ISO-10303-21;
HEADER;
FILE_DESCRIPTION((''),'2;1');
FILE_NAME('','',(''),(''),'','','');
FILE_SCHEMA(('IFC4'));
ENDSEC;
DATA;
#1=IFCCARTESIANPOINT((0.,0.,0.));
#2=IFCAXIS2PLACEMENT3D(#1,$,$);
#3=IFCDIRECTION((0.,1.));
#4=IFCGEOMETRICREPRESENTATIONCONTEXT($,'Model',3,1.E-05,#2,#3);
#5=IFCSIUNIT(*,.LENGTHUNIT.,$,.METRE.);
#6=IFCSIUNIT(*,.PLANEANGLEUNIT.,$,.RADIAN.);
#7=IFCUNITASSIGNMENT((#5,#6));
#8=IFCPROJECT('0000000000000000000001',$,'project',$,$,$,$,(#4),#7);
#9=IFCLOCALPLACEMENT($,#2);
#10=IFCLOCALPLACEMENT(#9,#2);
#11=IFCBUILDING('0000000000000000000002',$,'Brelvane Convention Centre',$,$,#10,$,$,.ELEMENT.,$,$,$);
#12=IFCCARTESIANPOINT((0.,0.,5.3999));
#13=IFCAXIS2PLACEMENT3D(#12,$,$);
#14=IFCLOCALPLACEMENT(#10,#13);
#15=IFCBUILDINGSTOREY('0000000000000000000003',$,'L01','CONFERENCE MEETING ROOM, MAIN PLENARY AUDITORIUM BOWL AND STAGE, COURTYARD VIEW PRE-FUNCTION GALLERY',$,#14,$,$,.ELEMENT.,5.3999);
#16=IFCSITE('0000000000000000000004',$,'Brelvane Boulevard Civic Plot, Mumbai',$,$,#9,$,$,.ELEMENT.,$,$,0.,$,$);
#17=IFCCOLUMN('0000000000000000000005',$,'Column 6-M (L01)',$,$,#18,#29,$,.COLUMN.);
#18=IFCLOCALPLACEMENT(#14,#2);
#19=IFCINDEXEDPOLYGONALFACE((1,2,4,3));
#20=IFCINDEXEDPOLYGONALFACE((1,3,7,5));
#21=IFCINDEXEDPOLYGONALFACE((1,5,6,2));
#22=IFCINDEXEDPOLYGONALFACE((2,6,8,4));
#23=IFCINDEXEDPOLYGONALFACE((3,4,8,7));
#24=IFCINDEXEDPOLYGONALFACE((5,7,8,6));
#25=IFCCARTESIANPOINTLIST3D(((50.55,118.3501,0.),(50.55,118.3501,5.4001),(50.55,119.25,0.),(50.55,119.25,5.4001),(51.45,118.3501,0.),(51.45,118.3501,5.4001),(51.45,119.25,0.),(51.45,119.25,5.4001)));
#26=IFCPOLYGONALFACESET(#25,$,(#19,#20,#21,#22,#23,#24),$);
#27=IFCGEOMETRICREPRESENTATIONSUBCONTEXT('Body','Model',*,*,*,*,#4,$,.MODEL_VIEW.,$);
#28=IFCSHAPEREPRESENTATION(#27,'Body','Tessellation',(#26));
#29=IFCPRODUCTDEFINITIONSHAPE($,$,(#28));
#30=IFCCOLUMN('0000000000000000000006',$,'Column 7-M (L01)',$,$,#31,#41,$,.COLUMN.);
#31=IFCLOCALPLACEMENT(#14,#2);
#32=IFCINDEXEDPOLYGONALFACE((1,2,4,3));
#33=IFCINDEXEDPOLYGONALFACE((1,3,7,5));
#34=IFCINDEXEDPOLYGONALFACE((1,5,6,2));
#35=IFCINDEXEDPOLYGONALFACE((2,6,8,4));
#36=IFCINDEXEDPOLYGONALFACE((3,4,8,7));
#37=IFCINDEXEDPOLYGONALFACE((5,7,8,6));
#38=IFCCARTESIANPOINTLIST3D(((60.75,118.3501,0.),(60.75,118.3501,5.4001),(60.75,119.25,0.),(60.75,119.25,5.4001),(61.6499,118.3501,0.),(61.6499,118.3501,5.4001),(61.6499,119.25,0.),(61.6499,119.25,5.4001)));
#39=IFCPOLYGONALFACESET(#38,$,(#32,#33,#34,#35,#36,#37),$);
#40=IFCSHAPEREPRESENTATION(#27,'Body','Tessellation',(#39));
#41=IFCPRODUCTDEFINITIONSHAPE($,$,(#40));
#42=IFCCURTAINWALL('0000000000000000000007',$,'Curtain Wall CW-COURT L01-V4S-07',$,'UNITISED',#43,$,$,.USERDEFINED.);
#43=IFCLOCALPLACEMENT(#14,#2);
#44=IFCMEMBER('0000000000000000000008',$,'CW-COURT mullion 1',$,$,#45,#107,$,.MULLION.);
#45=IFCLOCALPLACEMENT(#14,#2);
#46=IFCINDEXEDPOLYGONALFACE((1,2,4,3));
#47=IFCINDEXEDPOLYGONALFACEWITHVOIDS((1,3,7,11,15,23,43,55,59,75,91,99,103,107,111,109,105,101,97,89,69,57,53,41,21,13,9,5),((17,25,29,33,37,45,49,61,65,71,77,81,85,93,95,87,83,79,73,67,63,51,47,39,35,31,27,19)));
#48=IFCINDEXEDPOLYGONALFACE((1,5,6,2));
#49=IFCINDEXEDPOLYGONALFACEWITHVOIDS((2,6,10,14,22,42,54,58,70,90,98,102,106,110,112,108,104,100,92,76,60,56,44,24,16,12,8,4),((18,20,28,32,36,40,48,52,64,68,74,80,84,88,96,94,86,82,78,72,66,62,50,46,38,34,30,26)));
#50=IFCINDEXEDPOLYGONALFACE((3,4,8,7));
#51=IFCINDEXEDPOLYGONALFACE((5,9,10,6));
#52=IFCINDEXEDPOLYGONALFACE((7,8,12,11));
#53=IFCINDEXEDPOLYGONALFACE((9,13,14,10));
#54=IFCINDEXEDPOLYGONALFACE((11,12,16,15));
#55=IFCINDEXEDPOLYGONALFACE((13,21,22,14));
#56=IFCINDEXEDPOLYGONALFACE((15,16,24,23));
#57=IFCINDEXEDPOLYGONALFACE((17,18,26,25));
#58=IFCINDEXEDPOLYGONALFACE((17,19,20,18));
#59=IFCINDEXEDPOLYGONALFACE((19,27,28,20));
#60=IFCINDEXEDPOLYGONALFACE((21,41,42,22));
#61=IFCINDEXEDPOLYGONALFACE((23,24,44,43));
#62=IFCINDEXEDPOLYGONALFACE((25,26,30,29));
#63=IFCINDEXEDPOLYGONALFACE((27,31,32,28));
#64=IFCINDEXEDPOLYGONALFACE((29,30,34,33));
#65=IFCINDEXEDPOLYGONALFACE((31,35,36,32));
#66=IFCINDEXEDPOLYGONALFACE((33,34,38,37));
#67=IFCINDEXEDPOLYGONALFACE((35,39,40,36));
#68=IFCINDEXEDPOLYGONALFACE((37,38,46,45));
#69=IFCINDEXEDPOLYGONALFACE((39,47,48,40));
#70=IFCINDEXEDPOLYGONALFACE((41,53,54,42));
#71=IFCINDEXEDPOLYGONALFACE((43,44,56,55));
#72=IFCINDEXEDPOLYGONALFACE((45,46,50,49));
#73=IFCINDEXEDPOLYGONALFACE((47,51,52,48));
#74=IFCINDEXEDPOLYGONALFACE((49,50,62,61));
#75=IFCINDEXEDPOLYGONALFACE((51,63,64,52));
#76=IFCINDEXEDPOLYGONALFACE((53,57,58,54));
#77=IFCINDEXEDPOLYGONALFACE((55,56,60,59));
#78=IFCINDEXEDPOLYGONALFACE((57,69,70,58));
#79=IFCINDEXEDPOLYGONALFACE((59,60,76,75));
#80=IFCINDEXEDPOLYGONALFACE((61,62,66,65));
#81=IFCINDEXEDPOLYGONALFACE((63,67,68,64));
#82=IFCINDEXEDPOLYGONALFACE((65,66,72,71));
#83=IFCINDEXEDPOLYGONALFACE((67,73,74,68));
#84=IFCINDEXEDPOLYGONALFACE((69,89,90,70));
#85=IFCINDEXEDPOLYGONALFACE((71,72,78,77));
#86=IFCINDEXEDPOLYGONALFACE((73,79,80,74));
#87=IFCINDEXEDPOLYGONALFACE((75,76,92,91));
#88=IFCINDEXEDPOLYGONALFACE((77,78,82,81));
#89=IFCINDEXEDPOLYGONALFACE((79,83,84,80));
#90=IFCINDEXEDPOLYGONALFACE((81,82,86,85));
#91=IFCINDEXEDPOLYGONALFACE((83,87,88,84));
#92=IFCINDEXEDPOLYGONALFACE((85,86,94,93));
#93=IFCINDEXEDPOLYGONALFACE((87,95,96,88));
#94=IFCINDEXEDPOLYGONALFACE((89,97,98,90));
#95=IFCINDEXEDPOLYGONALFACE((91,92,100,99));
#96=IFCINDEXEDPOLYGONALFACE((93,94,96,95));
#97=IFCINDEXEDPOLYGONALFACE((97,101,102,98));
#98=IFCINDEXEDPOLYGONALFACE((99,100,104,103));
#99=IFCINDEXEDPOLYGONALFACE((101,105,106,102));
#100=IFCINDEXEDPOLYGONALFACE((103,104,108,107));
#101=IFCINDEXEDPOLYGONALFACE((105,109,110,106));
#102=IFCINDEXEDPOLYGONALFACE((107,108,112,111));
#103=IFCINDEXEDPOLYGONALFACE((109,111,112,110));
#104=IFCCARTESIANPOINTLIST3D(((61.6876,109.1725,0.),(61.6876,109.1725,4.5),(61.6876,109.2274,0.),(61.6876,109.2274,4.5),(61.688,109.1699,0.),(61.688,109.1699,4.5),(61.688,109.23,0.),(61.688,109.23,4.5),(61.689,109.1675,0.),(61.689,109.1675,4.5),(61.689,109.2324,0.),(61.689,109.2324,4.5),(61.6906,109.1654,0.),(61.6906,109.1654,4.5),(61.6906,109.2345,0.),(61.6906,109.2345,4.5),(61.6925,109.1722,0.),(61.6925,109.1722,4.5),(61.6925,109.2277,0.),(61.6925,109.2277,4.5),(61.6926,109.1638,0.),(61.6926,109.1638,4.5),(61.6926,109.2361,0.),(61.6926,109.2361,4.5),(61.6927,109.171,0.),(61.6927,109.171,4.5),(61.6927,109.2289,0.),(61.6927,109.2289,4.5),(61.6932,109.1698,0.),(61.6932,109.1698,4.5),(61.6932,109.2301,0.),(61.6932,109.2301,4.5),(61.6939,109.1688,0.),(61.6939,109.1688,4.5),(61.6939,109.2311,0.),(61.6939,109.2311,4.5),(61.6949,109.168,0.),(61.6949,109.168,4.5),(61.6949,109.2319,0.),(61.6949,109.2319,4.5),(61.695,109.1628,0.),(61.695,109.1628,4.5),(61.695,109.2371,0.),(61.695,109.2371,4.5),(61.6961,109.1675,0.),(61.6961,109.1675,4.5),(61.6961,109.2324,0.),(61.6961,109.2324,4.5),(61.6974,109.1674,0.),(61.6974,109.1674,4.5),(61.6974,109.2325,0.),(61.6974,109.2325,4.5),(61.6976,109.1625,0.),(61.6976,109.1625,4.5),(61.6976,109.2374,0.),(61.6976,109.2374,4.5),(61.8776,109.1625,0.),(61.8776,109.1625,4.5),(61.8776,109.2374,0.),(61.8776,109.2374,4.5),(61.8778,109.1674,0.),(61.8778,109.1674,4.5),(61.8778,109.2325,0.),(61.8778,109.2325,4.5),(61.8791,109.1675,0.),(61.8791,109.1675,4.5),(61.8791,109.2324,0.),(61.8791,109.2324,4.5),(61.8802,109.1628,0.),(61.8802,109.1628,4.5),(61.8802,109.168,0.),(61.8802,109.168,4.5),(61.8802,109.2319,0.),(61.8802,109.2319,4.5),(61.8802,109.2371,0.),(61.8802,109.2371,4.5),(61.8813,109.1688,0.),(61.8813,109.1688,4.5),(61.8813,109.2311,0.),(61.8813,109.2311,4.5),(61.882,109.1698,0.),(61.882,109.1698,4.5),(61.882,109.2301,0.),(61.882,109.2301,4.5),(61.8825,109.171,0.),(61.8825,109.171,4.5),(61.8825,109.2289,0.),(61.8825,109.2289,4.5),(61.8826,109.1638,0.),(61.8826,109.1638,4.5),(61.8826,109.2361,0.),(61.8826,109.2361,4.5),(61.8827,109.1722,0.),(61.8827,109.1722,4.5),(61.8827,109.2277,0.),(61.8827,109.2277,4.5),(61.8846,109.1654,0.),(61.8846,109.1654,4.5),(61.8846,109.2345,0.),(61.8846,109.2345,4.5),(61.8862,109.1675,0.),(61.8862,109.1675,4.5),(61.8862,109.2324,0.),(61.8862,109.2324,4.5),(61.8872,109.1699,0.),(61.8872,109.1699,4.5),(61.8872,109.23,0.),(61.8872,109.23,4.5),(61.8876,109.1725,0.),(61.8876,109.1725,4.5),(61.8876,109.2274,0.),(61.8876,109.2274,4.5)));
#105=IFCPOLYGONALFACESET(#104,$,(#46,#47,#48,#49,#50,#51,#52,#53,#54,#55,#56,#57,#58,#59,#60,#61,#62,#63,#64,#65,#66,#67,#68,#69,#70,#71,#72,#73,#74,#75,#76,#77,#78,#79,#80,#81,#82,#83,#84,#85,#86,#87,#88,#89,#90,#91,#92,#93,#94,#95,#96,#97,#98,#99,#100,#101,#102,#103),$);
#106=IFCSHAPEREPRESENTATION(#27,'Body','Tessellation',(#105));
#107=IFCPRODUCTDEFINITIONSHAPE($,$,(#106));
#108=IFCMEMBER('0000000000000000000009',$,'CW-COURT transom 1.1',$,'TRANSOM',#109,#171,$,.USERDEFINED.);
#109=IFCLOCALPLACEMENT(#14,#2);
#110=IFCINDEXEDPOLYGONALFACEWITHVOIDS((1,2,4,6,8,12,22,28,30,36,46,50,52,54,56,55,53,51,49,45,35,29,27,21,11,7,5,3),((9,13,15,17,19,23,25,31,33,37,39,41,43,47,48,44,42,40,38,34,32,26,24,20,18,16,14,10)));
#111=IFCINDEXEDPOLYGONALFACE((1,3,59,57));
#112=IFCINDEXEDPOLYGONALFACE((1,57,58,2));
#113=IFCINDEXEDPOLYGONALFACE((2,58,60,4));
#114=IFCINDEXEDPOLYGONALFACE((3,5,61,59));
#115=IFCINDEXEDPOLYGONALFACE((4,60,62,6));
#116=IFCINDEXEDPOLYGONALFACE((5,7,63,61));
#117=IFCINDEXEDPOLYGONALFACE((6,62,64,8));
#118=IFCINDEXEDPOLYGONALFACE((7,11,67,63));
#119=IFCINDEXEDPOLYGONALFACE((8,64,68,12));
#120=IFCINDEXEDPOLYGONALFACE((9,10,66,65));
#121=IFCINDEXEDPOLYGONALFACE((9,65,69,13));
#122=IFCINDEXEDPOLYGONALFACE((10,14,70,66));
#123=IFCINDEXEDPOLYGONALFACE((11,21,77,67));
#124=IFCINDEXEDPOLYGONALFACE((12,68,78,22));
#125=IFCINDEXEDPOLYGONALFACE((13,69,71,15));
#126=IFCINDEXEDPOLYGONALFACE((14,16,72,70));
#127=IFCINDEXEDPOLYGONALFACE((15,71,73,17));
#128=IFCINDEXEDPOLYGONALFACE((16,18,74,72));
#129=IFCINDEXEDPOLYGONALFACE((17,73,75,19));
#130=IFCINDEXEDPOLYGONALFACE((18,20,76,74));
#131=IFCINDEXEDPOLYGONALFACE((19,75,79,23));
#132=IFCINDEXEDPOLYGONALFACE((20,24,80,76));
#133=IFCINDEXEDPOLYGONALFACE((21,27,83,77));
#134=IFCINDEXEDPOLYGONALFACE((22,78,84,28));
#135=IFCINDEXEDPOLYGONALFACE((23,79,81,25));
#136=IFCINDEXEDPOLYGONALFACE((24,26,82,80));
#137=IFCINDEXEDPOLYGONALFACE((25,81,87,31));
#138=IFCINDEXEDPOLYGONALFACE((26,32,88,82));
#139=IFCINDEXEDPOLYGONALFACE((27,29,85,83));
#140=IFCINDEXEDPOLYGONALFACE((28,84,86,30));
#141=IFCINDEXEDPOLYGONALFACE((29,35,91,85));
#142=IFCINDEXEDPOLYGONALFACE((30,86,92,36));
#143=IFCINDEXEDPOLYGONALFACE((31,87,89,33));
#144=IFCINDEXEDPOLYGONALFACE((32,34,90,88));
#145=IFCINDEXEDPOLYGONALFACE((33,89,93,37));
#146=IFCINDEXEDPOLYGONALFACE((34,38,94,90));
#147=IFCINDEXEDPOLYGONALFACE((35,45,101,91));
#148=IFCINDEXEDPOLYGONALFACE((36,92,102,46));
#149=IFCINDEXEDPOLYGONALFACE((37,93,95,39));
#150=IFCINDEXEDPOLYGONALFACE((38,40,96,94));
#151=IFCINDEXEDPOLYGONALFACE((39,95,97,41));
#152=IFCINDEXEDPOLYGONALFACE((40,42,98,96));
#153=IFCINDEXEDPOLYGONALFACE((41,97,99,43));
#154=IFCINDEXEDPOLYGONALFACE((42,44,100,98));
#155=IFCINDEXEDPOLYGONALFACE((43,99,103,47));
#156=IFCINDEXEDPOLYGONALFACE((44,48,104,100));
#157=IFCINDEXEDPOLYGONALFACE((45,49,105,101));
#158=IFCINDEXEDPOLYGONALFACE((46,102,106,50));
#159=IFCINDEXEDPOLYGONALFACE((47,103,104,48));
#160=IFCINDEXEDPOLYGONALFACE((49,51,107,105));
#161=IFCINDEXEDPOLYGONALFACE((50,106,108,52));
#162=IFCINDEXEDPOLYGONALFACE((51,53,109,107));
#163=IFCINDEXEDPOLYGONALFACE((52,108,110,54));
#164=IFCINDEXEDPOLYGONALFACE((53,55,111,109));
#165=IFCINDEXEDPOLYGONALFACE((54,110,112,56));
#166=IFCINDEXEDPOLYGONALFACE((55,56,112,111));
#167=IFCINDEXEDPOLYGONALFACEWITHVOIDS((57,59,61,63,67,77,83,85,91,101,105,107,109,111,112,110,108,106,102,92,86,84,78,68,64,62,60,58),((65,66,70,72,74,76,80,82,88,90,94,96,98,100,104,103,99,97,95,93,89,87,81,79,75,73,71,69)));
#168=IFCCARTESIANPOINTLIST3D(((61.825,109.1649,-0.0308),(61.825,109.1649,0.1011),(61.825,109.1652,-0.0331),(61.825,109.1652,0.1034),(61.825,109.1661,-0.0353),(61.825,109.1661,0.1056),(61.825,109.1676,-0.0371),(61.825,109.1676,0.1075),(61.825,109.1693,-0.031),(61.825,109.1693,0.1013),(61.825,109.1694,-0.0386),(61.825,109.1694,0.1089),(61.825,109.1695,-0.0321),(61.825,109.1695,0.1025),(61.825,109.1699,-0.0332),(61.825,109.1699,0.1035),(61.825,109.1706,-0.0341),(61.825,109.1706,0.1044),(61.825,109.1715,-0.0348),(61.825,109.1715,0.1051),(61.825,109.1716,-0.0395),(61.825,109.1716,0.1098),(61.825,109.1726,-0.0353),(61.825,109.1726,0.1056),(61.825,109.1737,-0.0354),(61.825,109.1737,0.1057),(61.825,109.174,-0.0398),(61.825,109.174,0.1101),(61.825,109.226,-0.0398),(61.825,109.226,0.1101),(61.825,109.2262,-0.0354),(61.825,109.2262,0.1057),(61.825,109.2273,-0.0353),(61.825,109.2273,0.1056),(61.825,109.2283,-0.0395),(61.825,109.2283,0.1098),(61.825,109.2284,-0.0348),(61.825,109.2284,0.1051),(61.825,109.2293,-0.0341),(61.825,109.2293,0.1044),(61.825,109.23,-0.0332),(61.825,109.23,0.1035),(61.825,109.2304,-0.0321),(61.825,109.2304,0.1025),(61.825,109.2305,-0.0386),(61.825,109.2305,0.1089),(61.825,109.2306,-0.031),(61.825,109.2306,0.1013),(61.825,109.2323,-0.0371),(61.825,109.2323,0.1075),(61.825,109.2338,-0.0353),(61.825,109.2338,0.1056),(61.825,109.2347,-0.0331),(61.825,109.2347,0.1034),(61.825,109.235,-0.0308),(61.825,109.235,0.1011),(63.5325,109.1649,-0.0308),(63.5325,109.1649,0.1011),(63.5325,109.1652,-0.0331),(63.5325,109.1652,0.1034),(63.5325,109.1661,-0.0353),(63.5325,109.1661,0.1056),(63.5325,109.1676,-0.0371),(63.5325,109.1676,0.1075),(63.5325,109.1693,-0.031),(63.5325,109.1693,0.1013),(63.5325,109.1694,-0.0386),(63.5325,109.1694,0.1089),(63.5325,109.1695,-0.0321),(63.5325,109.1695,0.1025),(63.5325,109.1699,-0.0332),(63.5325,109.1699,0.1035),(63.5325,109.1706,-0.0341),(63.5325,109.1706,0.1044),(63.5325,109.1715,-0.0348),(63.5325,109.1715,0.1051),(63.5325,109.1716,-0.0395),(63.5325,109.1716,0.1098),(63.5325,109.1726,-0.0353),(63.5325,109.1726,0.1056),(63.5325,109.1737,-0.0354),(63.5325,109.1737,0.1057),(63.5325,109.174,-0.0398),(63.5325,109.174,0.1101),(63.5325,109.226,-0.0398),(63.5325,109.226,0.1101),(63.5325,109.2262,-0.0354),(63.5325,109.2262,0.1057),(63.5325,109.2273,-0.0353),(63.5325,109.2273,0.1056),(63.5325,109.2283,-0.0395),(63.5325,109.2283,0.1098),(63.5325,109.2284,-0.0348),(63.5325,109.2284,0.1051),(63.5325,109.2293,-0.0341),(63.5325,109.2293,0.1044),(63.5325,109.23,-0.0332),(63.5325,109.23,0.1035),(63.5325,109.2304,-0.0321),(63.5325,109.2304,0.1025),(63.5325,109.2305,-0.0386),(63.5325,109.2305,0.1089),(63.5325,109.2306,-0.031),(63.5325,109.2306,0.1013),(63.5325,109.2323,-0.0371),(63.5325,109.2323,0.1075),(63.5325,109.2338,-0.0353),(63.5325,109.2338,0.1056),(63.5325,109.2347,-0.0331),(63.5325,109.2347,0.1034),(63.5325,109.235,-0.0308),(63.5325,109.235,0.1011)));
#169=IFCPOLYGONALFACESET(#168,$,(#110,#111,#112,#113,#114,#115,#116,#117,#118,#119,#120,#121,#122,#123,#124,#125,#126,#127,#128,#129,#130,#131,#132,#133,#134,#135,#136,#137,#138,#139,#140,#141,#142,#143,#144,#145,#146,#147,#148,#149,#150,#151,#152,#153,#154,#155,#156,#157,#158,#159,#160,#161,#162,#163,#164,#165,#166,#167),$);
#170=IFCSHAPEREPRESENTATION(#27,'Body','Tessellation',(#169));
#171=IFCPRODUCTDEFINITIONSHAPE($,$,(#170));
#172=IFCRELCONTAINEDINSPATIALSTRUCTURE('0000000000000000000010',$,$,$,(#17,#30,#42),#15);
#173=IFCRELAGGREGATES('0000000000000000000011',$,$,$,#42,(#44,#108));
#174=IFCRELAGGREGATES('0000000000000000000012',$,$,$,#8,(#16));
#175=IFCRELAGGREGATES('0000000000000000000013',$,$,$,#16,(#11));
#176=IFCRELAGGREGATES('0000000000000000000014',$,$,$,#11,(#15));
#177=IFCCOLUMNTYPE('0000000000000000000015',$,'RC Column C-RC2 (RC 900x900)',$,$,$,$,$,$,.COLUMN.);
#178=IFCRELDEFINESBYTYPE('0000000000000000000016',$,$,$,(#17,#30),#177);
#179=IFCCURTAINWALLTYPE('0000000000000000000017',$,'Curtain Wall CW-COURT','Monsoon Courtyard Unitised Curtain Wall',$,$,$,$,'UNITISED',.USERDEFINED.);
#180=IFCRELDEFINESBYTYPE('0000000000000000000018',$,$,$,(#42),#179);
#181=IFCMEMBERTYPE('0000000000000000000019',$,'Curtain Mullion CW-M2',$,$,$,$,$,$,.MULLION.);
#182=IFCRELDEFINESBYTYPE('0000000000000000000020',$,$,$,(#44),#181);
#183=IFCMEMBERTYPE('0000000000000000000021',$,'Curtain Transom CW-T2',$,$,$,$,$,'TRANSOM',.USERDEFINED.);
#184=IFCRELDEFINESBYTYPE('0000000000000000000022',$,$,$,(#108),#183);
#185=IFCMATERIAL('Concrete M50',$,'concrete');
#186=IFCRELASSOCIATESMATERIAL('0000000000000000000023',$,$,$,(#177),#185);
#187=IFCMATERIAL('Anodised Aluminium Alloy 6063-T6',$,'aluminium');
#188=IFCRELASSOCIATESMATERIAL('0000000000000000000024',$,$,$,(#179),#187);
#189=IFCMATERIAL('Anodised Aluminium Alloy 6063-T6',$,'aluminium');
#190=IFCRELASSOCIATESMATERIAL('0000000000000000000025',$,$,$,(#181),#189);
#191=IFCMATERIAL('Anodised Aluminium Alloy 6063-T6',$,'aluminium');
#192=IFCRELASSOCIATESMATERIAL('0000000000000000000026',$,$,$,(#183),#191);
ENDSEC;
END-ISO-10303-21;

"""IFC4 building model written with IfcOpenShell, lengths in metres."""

from ifc_helpers import new_model, si_unit, direction, frame, origin, origin_2d, place, context, subcontext, project, spatial, rectangle, hollow_rectangle, extrude, material, material_profile, profile_set, type_object, element, aggregate, save


model = new_model("IFC4")

# Units and contexts
model_context = context("Model", 3, precision=1e-05, world=origin(), true_north=direction((0.0, 1.0)))
body_context = subcontext(model_context, "Body", "Model", "MODEL_VIEW")
ifc_project = project(units=[si_unit("LENGTHUNIT", "METRE"), si_unit("PLANEANGLEUNIT", "RADIAN")], contexts=[model_context])

# Site, building, storey
site_placement = place(None, origin())
site = spatial("IfcSite", under=ifc_project, at=site_placement, Name="Brelvane Boulevard Civic Plot, Mumbai", CompositionType="ELEMENT", RefElevation=0.0)
building_placement = place(site_placement, origin())
building = spatial("IfcBuilding", under=site, at=building_placement, Name="Brelvane Convention Centre", CompositionType="ELEMENT")
storey_placement = place(building_placement, frame((0.0, 0.0, 5.3999)))
storey = spatial("IfcBuildingStorey", under=building, at=storey_placement, Name="L01", Description="CONFERENCE MEETING ROOM, MAIN PLENARY AUDITORIUM BOWL AND STAGE, COURTYARD VIEW PRE-FUNCTION GALLERY", CompositionType="ELEMENT", Elevation=5.3999)

# Columns
ifc_material_1 = material(Name="Concrete M50", Category="concrete")
ifc_material_profile_1 = material_profile(ifc_material_1, rectangle(XDim=0.8999, YDim=0.8999, at=origin_2d()), Name="RC 900x900")
ifc_profile_set_1 = profile_set([ifc_material_profile_1], Name="Concrete M50")
column_type = type_object("IfcColumnType", Name="RC Column C-RC2 (RC 900x900)", PredefinedType="COLUMN", material=ifc_profile_set_1)
for number, where, z_axis, x_axis, name in (
    (1, (51.0, 118.8, 0.0), (0.0, 0.0, 1.0), (1.0, 0.0, 0.0), "Column 6-M (L01)"),
    (2, (61.2, 118.8, 0.0), (0.0, 0.0, 1.0), (1.0, 0.0, 0.0), "Column 7-M (L01)"),
):
    element("IfcColumn", number, at=place(storey_placement, frame(where, z_axis=z_axis, x_axis=x_axis)), inside=storey, type_object=column_type, Name=name, PredefinedType="COLUMN", context=body_context, shape_type="SweptSolid", body=[
        extrude(rectangle(XDim=0.8999, YDim=0.8999, at=origin_2d()), origin(), (0.0, 0.0, 1.0), 5.4001),
    ])

# Curtain wall, members
ifc_material_2 = material(Name="Anodised Aluminium Alloy 6063-T6", Category="aluminium")
curtain_wall_type = type_object("IfcCurtainWallType", Name="Curtain Wall CW-COURT", Description="Monsoon Courtyard Unitised Curtain Wall", ElementType="UNITISED", PredefinedType="USERDEFINED", material=ifc_material_2)
curtain_wall_placement = place(storey_placement, origin())
curtain_wall = element("IfcCurtainWall", 3, at=curtain_wall_placement, inside=storey, type_object=curtain_wall_type, Name="Curtain Wall CW-COURT L01-V4S-07", ObjectType="UNITISED", PredefinedType="USERDEFINED")
ifc_material_3 = material(Name="Anodised Aluminium Alloy 6063-T6", Category="aluminium")
ifc_material_profile_2 = material_profile(ifc_material_3, hollow_rectangle(XDim=0.075, YDim=0.2, WallThickness=0.0049, InnerFilletRadius=0.0049, OuterFilletRadius=0.01, at=origin_2d()), Name="ALU-M 200x75x5.0")
ifc_profile_set_2 = profile_set([ifc_material_profile_2], Name="Anodised Aluminium Alloy 6063-T6")
member_type_1 = type_object("IfcMemberType", Name="Curtain Mullion CW-M2", PredefinedType="MULLION", material=ifc_profile_set_2)
member_1_placement = place(storey_placement, frame((61.7876, 109.2, 0.0), z_axis=(0.0, 0.0, 1.0), x_axis=(0.0, 1.0, 0.0)))
member_1 = element("IfcMember", 4, at=member_1_placement, type_object=member_type_1, Name="CW-COURT mullion 1", PredefinedType="MULLION", context=body_context, shape_type="SweptSolid", body=[
    extrude(hollow_rectangle(XDim=0.075, YDim=0.2, WallThickness=0.0049, InnerFilletRadius=0.0049, OuterFilletRadius=0.01, at=origin_2d()), origin(), (0.0, 0.0, 1.0), 4.5),
])
ifc_material_4 = material(Name="Anodised Aluminium Alloy 6063-T6", Category="aluminium")
ifc_material_profile_3 = material_profile(ifc_material_4, hollow_rectangle(XDim=0.0701, YDim=0.1499, WallThickness=0.0044, InnerFilletRadius=0.0044, OuterFilletRadius=0.009, at=origin_2d()), Name="ALU-T 150x70x4.5")
ifc_profile_set_3 = profile_set([ifc_material_profile_3], Name="Anodised Aluminium Alloy 6063-T6")
member_type_2 = type_object("IfcMemberType", Name="Curtain Transom CW-T2", ElementType="TRANSOM", PredefinedType="USERDEFINED", material=ifc_profile_set_3)
member_2_placement = place(storey_placement, frame((61.825, 109.2, 0.0352), z_axis=(1.0, 0.0, 0.0), x_axis=(0.0, 1.0, 0.0)))
member_2 = element("IfcMember", 5, at=member_2_placement, type_object=member_type_2, Name="CW-COURT transom 1.1", ObjectType="TRANSOM", PredefinedType="USERDEFINED", context=body_context, shape_type="SweptSolid", body=[
    extrude(hollow_rectangle(XDim=0.0701, YDim=0.1499, WallThickness=0.0044, InnerFilletRadius=0.0044, OuterFilletRadius=0.009, at=origin_2d()), origin(), (0.0, 0.0, 1.0), 1.7075),
])
aggregate(curtain_wall, [member_1, member_2])

save(model, "model.ifc")
